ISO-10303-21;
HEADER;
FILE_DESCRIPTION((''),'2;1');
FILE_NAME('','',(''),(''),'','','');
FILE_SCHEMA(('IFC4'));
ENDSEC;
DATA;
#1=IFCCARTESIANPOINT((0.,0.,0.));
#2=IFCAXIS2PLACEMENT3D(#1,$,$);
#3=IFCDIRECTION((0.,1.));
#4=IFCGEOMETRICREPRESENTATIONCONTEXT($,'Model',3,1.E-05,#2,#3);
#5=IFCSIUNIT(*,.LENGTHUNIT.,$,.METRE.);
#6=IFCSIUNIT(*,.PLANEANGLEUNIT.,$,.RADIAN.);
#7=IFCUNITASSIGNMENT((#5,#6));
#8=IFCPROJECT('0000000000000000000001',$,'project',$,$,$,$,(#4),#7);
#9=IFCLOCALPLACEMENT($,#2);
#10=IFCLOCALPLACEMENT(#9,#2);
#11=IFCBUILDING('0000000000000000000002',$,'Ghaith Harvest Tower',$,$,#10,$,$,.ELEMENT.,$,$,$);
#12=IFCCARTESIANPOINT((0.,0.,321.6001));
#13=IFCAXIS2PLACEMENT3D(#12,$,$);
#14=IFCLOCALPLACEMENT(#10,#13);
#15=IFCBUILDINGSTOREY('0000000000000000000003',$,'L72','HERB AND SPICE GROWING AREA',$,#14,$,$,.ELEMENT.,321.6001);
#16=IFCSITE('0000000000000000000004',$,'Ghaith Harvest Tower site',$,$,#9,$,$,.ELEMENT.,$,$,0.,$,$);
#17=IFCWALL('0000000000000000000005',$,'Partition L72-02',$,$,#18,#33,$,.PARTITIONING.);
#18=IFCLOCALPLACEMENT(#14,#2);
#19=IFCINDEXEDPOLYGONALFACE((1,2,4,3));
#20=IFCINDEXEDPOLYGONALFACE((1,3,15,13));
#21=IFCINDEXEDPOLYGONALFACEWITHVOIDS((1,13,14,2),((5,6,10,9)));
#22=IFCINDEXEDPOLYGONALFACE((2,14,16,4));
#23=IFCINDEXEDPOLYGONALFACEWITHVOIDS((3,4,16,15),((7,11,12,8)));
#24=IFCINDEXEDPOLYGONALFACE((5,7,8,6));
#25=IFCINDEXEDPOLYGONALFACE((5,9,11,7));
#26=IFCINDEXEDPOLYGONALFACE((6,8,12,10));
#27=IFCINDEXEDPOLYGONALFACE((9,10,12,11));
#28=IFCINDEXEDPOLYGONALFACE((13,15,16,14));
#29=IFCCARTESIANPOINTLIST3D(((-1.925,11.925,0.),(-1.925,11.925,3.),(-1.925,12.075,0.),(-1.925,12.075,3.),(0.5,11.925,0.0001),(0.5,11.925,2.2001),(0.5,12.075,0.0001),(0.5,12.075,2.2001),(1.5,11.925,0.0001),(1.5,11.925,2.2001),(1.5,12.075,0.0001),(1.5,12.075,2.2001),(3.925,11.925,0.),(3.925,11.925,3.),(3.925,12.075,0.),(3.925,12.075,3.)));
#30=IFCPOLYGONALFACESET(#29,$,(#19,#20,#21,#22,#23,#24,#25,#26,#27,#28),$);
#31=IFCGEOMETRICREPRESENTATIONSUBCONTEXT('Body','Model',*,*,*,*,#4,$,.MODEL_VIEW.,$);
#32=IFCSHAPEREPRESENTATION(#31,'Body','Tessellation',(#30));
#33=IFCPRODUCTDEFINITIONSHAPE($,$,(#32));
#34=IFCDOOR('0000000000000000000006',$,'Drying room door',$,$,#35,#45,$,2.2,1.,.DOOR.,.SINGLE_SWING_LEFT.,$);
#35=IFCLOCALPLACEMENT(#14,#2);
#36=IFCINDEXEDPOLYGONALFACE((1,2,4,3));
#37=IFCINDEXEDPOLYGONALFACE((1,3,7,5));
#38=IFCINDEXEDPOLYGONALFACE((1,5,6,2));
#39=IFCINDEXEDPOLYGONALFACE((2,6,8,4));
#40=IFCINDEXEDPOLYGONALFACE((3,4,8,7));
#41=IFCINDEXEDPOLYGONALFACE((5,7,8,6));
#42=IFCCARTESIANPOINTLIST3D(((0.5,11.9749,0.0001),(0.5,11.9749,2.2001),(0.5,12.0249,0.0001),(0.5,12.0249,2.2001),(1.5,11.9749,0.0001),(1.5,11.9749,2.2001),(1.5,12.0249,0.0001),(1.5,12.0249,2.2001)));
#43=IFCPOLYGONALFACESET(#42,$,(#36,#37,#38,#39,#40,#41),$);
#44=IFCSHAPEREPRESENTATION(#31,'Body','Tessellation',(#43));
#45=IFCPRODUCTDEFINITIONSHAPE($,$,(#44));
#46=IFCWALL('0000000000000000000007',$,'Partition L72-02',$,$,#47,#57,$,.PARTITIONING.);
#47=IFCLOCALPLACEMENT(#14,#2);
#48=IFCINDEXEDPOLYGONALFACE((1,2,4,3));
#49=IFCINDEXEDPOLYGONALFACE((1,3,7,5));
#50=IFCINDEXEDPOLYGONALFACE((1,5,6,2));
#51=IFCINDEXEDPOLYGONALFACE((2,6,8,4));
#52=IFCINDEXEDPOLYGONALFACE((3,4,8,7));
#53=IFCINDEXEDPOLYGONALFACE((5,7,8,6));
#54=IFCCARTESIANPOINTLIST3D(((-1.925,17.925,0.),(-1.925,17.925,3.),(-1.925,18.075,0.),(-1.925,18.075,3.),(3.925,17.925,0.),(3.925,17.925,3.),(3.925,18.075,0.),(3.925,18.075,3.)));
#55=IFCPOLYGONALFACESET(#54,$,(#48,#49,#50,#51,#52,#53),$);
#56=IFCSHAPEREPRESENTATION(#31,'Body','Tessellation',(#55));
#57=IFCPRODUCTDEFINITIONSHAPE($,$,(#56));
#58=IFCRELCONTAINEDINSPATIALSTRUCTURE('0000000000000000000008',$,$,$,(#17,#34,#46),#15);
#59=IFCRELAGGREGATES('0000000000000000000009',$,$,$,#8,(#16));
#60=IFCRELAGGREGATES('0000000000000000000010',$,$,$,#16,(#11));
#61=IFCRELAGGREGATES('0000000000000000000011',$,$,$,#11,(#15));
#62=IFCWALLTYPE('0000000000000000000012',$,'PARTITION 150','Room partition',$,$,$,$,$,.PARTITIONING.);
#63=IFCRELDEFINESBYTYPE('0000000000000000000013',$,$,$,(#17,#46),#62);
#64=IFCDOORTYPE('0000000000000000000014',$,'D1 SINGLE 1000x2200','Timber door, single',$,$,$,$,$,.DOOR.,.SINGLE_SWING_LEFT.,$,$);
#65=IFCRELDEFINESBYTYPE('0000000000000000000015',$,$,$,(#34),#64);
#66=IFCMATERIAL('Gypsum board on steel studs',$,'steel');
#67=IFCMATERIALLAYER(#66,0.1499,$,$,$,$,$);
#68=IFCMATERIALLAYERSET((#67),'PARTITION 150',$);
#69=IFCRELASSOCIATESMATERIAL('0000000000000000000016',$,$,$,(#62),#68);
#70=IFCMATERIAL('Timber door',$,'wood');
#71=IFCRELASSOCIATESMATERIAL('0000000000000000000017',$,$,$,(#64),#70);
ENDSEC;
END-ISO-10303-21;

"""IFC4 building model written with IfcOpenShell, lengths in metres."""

from ifc_helpers import new_model, si_unit, direction, frame, frame_2d, origin, place, context, subcontext, project, spatial, rectangle, extrude, material, layer, layer_set, type_object, element, fill, save


model = new_model("IFC4")

# Units and contexts
model_context = context("Model", 3, precision=1e-05, world=origin(), true_north=direction((0.0, 1.0)))
body_context = subcontext(model_context, "Body", "Model", "MODEL_VIEW")
ifc_project = project(units=[si_unit("LENGTHUNIT", "METRE"), si_unit("PLANEANGLEUNIT", "RADIAN")], contexts=[model_context])

# Site, building, storey
site_placement = place(None, origin())
site = spatial("IfcSite", under=ifc_project, at=site_placement, Name="Ghaith Harvest Tower site", CompositionType="ELEMENT", RefElevation=0.0)
building_placement = place(site_placement, origin())
building = spatial("IfcBuilding", under=site, at=building_placement, Name="Ghaith Harvest Tower", CompositionType="ELEMENT")
storey_placement = place(building_placement, frame((0.0, 0.0, 321.6001)))
storey = spatial("IfcBuildingStorey", under=building, at=storey_placement, Name="L72", Description="HERB AND SPICE GROWING AREA", CompositionType="ELEMENT", Elevation=321.6001)

# Shared definitions
ifc_material_1 = material(Name="Gypsum board on steel studs", Category="steel")
ifc_layer_1 = layer(ifc_material_1, 0.1499)
ifc_layer_set_1 = layer_set([ifc_layer_1], Name="PARTITION 150")
wall_type = type_object("IfcWallType", Name="PARTITION 150", Description="Room partition", PredefinedType="PARTITIONING", material=ifc_layer_set_1)

# Shared definitions
ifc_material_2 = material(Name="Timber door", Category="wood")
door_type_1 = type_object("IfcDoorType", Name="D1 SINGLE 1000x2200", Description="Timber door, single", OperationType="SINGLE_SWING_LEFT", PredefinedType="DOOR", material=ifc_material_2)

# Wall, opening, door
wall_1_placement = place(storey_placement, frame((-1.925, 12.0, 0.0), z_axis=(0.0, 0.0, 1.0), x_axis=(1.0, 0.0, 0.0)))
wall_1 = element("IfcWall", 1, at=wall_1_placement, inside=storey, type_object=wall_type, Name="Partition L72-02", PredefinedType="PARTITIONING", context=body_context, shape_type="SweptSolid", body=[
    extrude(rectangle(XDim=5.8501, YDim=0.1499, at=frame_2d((2.925, 0.0))), origin(), (0.0, 0.0, 1.0), 3.0),
])
opening_1_placement = place(wall_1_placement, frame((2.425, 0.0, 0.0)))
opening_1 = element("IfcOpeningElement", 2, at=opening_1_placement, cuts=wall_1, PredefinedType="OPENING", context=body_context, shape_type="SweptSolid", body=[
    extrude(rectangle(XDim=1.0, YDim=2.2, at=frame_2d((0.5, 1.1001))), frame((0.0, 0.085, 0.0), z_axis=(0.0, -1.0, 0.0), x_axis=(1.0, 0.0, 0.0)), (0.0, 0.0, 1.0), 0.1699),
])
door_1_placement = place(opening_1_placement, origin())
door_1 = element("IfcDoor", 3, at=door_1_placement, inside=storey, type_object=door_type_1, Name="Drying room door", OperationType="SINGLE_SWING_LEFT", OverallHeight=2.2, OverallWidth=1.0, PredefinedType="DOOR", context=body_context, shape_type="SweptSolid", body=[
    extrude(rectangle(XDim=1.0, YDim=2.2, at=frame_2d((0.5, 1.1001))), frame((0.0, 0.0249, 0.0), z_axis=(0.0, -1.0, 0.0), x_axis=(1.0, 0.0, 0.0)), (0.0, 0.0, 1.0), 0.05),
])
fill(opening_1, door_1)

# Wall
wall_2_placement = place(storey_placement, frame((-1.925, 18.0, 0.0), z_axis=(0.0, 0.0, 1.0), x_axis=(1.0, 0.0, 0.0)))
element("IfcWall", 4, at=wall_2_placement, inside=storey, type_object=wall_type, Name="Partition L72-02", PredefinedType="PARTITIONING", context=body_context, shape_type="SweptSolid", body=[
    extrude(rectangle(XDim=5.8501, YDim=0.1499, at=frame_2d((2.925, 0.0))), origin(), (0.0, 0.0, 1.0), 3.0),
])

save(model, "model.ifc")
